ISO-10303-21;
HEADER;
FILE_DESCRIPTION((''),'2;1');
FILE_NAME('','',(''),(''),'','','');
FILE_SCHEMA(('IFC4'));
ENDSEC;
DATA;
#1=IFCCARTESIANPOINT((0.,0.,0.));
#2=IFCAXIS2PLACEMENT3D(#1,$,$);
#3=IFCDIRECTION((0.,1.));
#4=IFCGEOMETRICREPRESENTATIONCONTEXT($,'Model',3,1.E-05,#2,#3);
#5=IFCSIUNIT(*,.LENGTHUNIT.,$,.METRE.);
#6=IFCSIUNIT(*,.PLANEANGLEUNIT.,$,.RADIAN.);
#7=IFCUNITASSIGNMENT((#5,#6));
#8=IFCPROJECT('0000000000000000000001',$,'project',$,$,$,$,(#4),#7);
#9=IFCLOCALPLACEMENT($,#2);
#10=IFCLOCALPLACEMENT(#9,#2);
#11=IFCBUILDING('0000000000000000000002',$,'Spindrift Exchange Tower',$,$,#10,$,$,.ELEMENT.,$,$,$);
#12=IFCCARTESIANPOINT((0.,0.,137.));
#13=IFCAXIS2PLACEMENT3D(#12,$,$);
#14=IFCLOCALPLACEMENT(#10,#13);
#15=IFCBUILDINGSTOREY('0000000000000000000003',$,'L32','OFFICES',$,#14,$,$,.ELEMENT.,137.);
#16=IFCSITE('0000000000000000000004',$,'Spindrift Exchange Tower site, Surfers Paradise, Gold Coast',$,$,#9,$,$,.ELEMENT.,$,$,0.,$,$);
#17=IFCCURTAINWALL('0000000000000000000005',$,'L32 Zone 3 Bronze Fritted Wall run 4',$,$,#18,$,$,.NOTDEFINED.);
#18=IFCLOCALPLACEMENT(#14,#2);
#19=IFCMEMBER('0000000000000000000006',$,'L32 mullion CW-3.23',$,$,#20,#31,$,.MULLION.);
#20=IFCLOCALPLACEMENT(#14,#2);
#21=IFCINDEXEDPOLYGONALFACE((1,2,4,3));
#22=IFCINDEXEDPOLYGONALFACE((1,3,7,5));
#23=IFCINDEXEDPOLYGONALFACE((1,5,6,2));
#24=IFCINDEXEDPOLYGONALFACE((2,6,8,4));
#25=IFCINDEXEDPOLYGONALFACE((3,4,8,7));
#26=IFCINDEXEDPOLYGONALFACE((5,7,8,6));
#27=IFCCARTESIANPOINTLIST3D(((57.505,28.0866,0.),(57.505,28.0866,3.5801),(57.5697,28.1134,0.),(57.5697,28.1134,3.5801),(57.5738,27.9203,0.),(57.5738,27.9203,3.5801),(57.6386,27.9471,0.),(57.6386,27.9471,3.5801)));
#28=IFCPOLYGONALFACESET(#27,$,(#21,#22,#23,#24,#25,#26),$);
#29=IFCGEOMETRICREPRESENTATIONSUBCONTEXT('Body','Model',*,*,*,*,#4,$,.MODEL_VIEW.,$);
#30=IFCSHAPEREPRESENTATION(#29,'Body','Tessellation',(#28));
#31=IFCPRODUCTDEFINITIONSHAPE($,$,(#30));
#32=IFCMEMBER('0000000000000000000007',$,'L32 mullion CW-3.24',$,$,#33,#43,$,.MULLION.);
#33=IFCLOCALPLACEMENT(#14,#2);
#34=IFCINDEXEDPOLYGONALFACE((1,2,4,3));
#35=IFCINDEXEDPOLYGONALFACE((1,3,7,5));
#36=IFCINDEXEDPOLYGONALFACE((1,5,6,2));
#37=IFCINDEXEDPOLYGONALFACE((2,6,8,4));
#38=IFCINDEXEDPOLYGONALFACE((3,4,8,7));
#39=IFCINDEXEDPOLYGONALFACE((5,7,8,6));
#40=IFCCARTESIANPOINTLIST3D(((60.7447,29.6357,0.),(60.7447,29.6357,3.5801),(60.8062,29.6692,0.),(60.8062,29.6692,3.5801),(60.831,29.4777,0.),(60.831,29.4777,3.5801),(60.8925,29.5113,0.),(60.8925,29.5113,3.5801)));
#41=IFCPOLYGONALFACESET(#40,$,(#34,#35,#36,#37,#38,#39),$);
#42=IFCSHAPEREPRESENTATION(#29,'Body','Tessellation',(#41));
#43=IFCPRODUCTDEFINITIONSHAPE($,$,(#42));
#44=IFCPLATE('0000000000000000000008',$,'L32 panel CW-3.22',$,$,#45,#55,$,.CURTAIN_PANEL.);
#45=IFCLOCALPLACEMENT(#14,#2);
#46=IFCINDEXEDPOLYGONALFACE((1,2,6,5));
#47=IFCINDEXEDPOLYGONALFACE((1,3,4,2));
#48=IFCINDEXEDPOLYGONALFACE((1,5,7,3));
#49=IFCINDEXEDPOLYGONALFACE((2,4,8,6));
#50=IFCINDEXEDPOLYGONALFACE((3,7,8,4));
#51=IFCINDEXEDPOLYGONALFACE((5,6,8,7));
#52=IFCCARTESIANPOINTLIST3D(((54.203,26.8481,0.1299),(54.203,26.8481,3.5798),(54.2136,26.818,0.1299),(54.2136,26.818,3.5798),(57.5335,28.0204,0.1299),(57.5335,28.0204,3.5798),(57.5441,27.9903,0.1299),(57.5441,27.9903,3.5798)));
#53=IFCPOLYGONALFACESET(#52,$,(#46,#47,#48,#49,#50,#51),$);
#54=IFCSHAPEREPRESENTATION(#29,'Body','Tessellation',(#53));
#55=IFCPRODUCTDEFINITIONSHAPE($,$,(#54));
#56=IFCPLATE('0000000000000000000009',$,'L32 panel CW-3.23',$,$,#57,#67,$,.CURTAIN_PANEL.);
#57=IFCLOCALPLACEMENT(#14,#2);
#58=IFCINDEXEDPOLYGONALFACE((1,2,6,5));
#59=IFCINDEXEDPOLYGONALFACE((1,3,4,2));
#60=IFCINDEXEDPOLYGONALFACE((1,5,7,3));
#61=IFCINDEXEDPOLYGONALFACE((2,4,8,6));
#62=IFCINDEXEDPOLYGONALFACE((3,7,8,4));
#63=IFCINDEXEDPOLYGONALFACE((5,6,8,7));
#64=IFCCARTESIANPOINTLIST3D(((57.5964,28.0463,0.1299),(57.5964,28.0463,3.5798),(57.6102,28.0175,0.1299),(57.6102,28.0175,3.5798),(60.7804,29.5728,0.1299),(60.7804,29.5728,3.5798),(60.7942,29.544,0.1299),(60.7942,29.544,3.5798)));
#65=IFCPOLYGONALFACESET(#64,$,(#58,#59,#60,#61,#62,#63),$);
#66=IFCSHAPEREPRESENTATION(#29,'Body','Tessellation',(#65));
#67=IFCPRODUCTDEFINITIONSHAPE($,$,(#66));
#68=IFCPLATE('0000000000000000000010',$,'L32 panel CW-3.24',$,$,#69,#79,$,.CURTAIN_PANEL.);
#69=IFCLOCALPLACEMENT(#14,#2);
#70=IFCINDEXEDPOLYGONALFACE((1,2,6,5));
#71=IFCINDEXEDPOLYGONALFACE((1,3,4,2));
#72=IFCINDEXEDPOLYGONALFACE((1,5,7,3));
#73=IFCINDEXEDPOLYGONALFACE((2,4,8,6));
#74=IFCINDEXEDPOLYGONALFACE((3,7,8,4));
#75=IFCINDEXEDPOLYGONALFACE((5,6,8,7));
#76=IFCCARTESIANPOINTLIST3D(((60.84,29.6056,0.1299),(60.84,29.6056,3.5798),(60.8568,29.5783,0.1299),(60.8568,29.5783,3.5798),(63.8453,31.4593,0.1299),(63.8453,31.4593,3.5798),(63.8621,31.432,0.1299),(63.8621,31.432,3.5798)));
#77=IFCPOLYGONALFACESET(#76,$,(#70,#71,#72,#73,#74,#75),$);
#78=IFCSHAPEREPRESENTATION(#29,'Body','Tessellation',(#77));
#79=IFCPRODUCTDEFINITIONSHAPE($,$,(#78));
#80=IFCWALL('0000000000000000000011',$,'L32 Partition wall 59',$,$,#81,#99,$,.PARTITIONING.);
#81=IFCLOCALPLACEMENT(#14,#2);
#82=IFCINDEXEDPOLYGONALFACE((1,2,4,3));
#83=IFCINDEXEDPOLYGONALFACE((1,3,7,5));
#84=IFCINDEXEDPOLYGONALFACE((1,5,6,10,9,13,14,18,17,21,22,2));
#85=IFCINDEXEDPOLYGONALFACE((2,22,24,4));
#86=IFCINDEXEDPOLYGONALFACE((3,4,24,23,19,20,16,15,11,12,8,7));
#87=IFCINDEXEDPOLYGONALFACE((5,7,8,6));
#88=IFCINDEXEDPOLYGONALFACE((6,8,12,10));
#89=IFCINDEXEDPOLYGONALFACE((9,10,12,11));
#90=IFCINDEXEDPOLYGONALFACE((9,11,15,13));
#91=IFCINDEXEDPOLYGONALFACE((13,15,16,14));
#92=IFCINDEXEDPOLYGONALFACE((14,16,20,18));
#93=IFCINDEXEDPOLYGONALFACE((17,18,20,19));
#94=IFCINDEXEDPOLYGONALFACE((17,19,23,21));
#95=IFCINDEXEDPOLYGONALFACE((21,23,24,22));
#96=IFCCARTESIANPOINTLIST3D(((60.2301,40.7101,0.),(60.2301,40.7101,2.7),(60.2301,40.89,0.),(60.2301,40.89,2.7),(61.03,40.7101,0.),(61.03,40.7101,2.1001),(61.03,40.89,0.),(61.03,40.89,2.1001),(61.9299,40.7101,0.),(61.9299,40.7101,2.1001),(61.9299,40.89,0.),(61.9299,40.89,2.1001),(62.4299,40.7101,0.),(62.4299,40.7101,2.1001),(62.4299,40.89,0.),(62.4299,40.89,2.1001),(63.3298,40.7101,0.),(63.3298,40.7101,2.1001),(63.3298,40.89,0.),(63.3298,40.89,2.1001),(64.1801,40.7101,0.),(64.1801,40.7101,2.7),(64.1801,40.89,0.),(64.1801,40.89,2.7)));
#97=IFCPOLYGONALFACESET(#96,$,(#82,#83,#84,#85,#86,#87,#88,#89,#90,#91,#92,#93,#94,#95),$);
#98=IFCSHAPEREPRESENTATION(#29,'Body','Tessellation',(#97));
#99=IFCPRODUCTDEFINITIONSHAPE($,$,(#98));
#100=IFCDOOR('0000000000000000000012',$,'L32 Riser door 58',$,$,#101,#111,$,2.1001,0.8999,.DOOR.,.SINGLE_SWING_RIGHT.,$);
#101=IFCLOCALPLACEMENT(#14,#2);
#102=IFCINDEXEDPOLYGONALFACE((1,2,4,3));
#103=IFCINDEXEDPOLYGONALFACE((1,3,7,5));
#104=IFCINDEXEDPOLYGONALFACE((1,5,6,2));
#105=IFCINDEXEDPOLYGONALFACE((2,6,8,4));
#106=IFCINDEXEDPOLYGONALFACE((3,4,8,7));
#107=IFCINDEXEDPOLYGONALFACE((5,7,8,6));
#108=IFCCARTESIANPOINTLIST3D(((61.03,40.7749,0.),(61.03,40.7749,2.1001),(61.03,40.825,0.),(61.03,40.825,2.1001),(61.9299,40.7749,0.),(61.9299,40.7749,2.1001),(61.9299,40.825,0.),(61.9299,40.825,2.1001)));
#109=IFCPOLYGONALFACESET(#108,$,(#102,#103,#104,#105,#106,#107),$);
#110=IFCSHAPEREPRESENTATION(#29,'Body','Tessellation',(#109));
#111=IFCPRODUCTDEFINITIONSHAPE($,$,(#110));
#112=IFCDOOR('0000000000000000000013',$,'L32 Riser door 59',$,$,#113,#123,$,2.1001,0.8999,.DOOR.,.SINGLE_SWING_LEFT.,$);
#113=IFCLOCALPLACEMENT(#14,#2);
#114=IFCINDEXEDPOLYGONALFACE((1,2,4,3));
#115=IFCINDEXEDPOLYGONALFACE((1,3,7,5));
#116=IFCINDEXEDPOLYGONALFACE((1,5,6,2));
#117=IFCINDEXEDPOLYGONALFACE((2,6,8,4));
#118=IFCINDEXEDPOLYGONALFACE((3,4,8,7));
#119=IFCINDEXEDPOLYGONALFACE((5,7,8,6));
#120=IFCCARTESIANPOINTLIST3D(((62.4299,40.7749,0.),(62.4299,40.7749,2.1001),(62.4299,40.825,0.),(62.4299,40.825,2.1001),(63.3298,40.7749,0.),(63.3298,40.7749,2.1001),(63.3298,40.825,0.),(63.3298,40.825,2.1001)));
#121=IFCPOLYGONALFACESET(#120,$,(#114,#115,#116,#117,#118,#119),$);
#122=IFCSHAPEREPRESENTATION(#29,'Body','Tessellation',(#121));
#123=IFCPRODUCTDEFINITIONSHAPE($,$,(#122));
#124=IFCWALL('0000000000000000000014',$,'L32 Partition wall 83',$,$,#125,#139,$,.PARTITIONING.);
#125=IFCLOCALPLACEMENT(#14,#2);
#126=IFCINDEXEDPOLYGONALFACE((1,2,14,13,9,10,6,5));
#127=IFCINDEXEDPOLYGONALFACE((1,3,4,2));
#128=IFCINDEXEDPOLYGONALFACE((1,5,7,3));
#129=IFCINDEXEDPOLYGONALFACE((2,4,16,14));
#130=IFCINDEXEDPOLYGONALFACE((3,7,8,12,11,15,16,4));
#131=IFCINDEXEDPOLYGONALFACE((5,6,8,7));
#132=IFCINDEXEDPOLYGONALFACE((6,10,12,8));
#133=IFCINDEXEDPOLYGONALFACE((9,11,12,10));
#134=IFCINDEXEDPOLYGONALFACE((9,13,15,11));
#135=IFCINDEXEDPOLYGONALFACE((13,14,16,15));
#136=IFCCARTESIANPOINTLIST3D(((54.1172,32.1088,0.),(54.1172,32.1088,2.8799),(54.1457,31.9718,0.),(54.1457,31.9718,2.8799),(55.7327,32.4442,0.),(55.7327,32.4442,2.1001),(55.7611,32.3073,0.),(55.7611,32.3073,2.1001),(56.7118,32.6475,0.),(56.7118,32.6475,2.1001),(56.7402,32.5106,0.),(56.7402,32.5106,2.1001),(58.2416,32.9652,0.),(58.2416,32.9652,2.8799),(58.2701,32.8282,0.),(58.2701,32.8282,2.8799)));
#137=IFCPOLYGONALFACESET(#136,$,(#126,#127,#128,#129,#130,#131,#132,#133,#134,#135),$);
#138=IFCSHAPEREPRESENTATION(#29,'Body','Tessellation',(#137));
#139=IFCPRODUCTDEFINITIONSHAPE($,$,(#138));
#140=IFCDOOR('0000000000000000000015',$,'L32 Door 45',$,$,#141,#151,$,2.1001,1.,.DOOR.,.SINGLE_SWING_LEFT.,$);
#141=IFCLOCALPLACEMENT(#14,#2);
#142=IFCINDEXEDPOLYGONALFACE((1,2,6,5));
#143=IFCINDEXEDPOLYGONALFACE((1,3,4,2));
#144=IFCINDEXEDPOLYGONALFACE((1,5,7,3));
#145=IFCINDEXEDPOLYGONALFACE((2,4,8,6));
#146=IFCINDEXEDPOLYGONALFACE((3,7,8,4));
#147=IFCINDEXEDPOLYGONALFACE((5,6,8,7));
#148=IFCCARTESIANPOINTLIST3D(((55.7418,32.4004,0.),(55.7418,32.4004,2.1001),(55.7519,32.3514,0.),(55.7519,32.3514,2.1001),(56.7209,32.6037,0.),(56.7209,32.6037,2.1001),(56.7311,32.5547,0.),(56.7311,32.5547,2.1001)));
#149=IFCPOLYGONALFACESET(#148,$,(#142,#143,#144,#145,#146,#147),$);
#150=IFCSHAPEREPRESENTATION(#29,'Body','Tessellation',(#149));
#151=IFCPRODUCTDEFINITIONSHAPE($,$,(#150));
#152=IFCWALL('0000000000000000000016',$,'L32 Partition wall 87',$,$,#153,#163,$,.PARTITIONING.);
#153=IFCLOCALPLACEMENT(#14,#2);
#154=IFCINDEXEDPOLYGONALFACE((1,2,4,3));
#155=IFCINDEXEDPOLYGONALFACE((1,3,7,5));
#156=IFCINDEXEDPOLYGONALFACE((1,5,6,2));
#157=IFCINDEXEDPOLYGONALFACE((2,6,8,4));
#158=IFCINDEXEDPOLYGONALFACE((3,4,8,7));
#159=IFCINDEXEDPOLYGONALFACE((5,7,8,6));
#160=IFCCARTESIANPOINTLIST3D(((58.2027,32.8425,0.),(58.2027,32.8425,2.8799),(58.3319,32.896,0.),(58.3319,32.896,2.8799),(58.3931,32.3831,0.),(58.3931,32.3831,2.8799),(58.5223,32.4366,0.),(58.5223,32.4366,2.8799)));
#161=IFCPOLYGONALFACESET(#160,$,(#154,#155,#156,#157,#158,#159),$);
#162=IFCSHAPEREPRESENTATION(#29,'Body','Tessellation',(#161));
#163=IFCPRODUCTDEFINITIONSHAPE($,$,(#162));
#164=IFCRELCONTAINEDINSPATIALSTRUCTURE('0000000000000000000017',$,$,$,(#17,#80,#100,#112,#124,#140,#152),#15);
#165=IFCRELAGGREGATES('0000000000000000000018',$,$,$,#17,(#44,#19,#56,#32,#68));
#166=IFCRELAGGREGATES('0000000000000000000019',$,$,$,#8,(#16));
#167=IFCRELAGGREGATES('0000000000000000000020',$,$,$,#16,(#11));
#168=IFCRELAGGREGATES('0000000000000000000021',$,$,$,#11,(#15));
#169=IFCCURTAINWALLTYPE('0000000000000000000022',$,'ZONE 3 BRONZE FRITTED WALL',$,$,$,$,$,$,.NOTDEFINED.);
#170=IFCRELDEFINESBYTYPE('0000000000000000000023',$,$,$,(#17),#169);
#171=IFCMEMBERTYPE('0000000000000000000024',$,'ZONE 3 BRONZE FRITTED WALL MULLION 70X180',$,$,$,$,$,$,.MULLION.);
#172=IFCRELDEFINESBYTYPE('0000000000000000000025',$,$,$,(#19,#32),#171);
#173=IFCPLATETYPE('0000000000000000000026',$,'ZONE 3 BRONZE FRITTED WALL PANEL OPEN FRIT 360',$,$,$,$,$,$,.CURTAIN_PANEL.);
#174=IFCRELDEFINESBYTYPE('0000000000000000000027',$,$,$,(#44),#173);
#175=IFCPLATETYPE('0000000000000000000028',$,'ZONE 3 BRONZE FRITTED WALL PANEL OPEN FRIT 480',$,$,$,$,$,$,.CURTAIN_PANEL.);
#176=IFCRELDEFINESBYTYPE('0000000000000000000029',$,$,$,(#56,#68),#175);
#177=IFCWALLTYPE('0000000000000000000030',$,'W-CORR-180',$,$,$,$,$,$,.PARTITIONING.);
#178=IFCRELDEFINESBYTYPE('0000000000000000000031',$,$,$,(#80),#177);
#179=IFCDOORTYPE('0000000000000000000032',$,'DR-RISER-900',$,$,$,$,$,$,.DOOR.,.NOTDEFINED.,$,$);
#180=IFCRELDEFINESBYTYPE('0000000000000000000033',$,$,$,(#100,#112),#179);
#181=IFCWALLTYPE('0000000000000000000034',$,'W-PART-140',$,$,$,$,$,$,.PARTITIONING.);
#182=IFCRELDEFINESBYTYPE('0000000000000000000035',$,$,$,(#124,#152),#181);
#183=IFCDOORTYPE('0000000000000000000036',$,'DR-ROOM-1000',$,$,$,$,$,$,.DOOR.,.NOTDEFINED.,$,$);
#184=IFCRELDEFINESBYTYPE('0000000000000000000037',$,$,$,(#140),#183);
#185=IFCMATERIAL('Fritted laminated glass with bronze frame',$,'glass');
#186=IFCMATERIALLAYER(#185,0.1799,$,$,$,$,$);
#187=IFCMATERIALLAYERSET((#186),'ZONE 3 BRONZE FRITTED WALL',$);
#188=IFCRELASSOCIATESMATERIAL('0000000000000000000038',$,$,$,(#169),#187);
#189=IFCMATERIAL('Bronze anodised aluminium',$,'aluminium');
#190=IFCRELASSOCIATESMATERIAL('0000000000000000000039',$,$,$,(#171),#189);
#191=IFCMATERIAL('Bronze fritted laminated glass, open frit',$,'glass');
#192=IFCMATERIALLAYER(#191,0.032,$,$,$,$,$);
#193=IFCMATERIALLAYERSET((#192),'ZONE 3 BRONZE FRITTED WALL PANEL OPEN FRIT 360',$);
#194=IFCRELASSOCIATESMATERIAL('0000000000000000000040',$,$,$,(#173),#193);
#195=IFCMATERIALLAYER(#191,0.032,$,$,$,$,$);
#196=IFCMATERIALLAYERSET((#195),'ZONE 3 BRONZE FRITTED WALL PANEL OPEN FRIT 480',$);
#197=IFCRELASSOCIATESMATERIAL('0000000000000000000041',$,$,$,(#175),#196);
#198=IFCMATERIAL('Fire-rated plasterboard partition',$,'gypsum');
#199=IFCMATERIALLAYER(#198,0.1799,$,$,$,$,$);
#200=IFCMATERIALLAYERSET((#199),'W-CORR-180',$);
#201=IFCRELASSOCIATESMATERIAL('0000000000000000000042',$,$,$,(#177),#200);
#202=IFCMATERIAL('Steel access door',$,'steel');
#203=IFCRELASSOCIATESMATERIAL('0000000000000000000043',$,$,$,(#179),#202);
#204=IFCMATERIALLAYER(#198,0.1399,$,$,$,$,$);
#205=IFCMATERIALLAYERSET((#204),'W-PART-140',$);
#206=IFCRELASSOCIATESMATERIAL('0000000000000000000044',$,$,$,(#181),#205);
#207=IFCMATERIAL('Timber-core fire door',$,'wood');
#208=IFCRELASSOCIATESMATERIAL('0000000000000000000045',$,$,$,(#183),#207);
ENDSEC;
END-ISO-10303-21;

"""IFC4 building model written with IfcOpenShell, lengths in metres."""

from ifc_helpers import new_model, si_unit, direction, frame, frame_2d, origin, origin_2d, place, context, subcontext, project, spatial, rectangle, extrude, source, transform, mapped, material, layer, layer_set, material_profile, profile_set, type_object, element, fill, aggregate, save


model = new_model("IFC4")

# Units and contexts
model_context = context("Model", 3, precision=1e-05, world=origin(), true_north=direction((0.0, 1.0)))
body_context = subcontext(model_context, "Body", "Model", "MODEL_VIEW")
ifc_project = project(units=[si_unit("LENGTHUNIT", "METRE"), si_unit("PLANEANGLEUNIT", "RADIAN")], contexts=[model_context])

# Site, building, storey
site_placement = place(None, origin())
site = spatial("IfcSite", under=ifc_project, at=site_placement, Name="Spindrift Exchange Tower site, Surfers Paradise, Gold Coast", CompositionType="ELEMENT", RefElevation=0.0)
building_placement = place(site_placement, origin())
building = spatial("IfcBuilding", under=site, at=building_placement, Name="Spindrift Exchange Tower", CompositionType="ELEMENT")
storey_placement = place(building_placement, frame((0.0, 0.0, 137.0)))
storey = spatial("IfcBuildingStorey", under=building, at=storey_placement, Name="L32", Description="OFFICES", CompositionType="ELEMENT", Elevation=137.0)

# Curtain wall, members, plates
ifc_material_1 = material(Name="Fritted laminated glass with bronze frame", Category="glass")
ifc_layer_1 = layer(ifc_material_1, 0.1799)
ifc_layer_set_1 = layer_set([ifc_layer_1], Name="ZONE 3 BRONZE FRITTED WALL")
curtain_wall_type = type_object("IfcCurtainWallType", Name="ZONE 3 BRONZE FRITTED WALL", PredefinedType="NOTDEFINED", material=ifc_layer_set_1)
curtain_wall_placement = place(storey_placement, origin())
curtain_wall = element("IfcCurtainWall", 1, at=curtain_wall_placement, inside=storey, type_object=curtain_wall_type, Name="L32 Zone 3 Bronze Fritted Wall run 4", PredefinedType="NOTDEFINED")
ifc_material_2 = material(Name="Bronze anodised aluminium", Category="aluminium")
ifc_material_profile_1 = material_profile(ifc_material_2, rectangle(XDim=0.0701, YDim=0.1799, at=origin_2d()), Name="ZONE 3 BRONZE FRITTED WALL MULLION 70X180")
ifc_profile_set_1 = profile_set([ifc_material_profile_1], Name="Bronze anodised aluminium")
member_type_1 = type_object("IfcMemberType", Name="ZONE 3 BRONZE FRITTED WALL MULLION 70X180", PredefinedType="MULLION", material=ifc_profile_set_1)
shared_shape_1 = source(origin(), body_context, "Body", "SweptSolid", [
    extrude(rectangle(XDim=0.0701, YDim=0.1799, at=origin_2d()), origin(), (0.0, 0.0, 1.0), 3.5801),
])
member_1_placement = place(storey_placement, frame((57.5718, 28.0168, 0.0), z_axis=(0.0, 0.0, 1.0), x_axis=(0.92386, 0.382731, 0.0)))
member_1 = element("IfcMember", 2, at=member_1_placement, type_object=member_type_1, Name="L32 mullion CW-3.23", PredefinedType="MULLION", context=body_context, shape_type="MappedRepresentation", body=[
    mapped(shared_shape_1, transform((0.0, 0.0, 0.0), scale=1.0)),
])
member_2_placement = place(storey_placement, frame((60.8186, 29.5735, 0.0), z_axis=(0.0, 0.0, 1.0), x_axis=(0.877644, 0.479313, 0.0)))
member_2 = element("IfcMember", 3, at=member_2_placement, type_object=member_type_1, Name="L32 mullion CW-3.24", PredefinedType="MULLION", context=body_context, shape_type="MappedRepresentation", body=[
    mapped(shared_shape_1, transform((0.0, 0.0, 0.0), scale=1.0)),
])
ifc_material_3 = material(Name="Bronze fritted laminated glass, open frit", Category="glass")
ifc_layer_2 = layer(ifc_material_3, 0.032)
ifc_layer_set_2 = layer_set([ifc_layer_2], Name="ZONE 3 BRONZE FRITTED WALL PANEL OPEN FRIT 360")
plate_type_1 = type_object("IfcPlateType", Name="ZONE 3 BRONZE FRITTED WALL PANEL OPEN FRIT 360", PredefinedType="CURTAIN_PANEL", material=ifc_layer_set_2)
shared_shape_2 = source(origin(), body_context, "Body", "SweptSolid", [
    extrude(rectangle(XDim=3.5308, YDim=0.032, at=origin_2d()), origin(), (0.0, 0.0, 1.0), 3.45),
])
plate_1_placement = place(storey_placement, frame((55.8735, 27.4192, 0.1299), z_axis=(0.0, 0.0, 1.0), x_axis=(0.943271, 0.332023, 0.0)))
plate_1 = element("IfcPlate", 4, at=plate_1_placement, type_object=plate_type_1, Name="L32 panel CW-3.22", PredefinedType="CURTAIN_PANEL", context=body_context, shape_type="MappedRepresentation", body=[
    mapped(shared_shape_2, transform((0.0, 0.0, 0.0), scale=1.0)),
])
ifc_layer_3 = layer(ifc_material_3, 0.032)
ifc_layer_set_3 = layer_set([ifc_layer_3], Name="ZONE 3 BRONZE FRITTED WALL PANEL OPEN FRIT 480")
plate_type_2 = type_object("IfcPlateType", Name="ZONE 3 BRONZE FRITTED WALL PANEL OPEN FRIT 480", PredefinedType="CURTAIN_PANEL", material=ifc_layer_set_3)
shared_shape_3 = source(origin(), body_context, "Body", "SweptSolid", [
    extrude(rectangle(XDim=3.531, YDim=0.032, at=origin_2d()), origin(), (0.0, 0.0, 1.0), 3.45),
])
plate_2_placement = place(storey_placement, frame((59.1953, 28.7952, 0.1299), z_axis=(0.0, 0.0, 1.0), x_axis=(0.901725, 0.432311, 0.0)))
plate_2 = element("IfcPlate", 5, at=plate_2_placement, type_object=plate_type_2, Name="L32 panel CW-3.23", PredefinedType="CURTAIN_PANEL", context=body_context, shape_type="MappedRepresentation", body=[
    mapped(shared_shape_3, transform((0.0, 0.0, 0.0), scale=1.0)),
])
plate_3_placement = place(storey_placement, frame((62.3511, 30.5188, 0.1299), z_axis=(0.0, 0.0, 1.0), x_axis=(0.851116, 0.524977, 0.0)))
plate_3 = element("IfcPlate", 6, at=plate_3_placement, type_object=plate_type_2, Name="L32 panel CW-3.24", PredefinedType="CURTAIN_PANEL", context=body_context, shape_type="MappedRepresentation", body=[
    mapped(shared_shape_3, transform((0.0, 0.0, 0.0), scale=1.0)),
])
aggregate(curtain_wall, [plate_1, member_1, plate_2, member_2, plate_3])

# Wall, openings, doors
ifc_material_4 = material(Name="Fire-rated plasterboard partition", Category="gypsum")
ifc_layer_4 = layer(ifc_material_4, 0.1799)
ifc_layer_set_4 = layer_set([ifc_layer_4], Name="W-CORR-180")
wall_type_1 = type_object("IfcWallType", Name="W-CORR-180", PredefinedType="PARTITIONING", material=ifc_layer_set_4)
wall_1_placement = place(storey_placement, frame((60.23, 40.8, 0.0), z_axis=(0.0, 0.0, 1.0), x_axis=(1.0, 0.0, 0.0)))
wall_1 = element("IfcWall", 7, at=wall_1_placement, inside=storey, type_object=wall_type_1, Name="L32 Partition wall 59", PredefinedType="PARTITIONING", context=body_context, shape_type="SweptSolid", body=[
    extrude(rectangle(XDim=3.95, YDim=0.1799, at=frame_2d((1.9751, 0.0))), origin(), (0.0, 0.0, 1.0), 2.7),
])
opening_1_placement = place(wall_1_placement, frame((0.8, 0.0, 0.0)))
opening_1 = element("IfcOpeningElement", 8, at=opening_1_placement, cuts=wall_1, PredefinedType="OPENING", context=body_context, shape_type="SweptSolid", body=[
    extrude(rectangle(XDim=0.8999, YDim=2.1001, at=frame_2d((0.45, 1.05))), frame((0.0, 0.0999, 0.0), z_axis=(0.0, -1.0, 0.0), x_axis=(1.0, 0.0, 0.0)), (0.0, 0.0, 1.0), 0.2),
])
opening_2_placement = place(wall_1_placement, frame((2.2, 0.0, 0.0)))
opening_2 = element("IfcOpeningElement", 9, at=opening_2_placement, cuts=wall_1, PredefinedType="OPENING", context=body_context, shape_type="SweptSolid", body=[
    extrude(rectangle(XDim=0.8999, YDim=2.1001, at=frame_2d((0.45, 1.05))), frame((0.0, 0.0999, 0.0), z_axis=(0.0, -1.0, 0.0), x_axis=(1.0, 0.0, 0.0)), (0.0, 0.0, 1.0), 0.2),
])
ifc_material_5 = material(Name="Steel access door", Category="steel")
door_type_1 = type_object("IfcDoorType", Name="DR-RISER-900", OperationType="NOTDEFINED", PredefinedType="DOOR", material=ifc_material_5)
shared_shape_4 = source(origin(), body_context, "Body", "SweptSolid", [
    extrude(rectangle(XDim=0.8999, YDim=2.1001, at=frame_2d((0.45, 1.05))), frame((0.0, 0.0249, 0.0), z_axis=(0.0, -1.0, 0.0), x_axis=(1.0, 0.0, 0.0)), (0.0, 0.0, 1.0), 0.05),
])
door_1_placement = place(opening_1_placement, origin())
door_1 = element("IfcDoor", 10, at=door_1_placement, inside=storey, type_object=door_type_1, Name="L32 Riser door 58", OperationType="SINGLE_SWING_RIGHT", OverallHeight=2.1001, OverallWidth=0.8999, PredefinedType="DOOR", context=body_context, shape_type="MappedRepresentation", body=[
    mapped(shared_shape_4, transform((0.0, 0.0, 0.0), scale=1.0)),
])
fill(opening_1, door_1)
door_2_placement = place(opening_2_placement, origin())
door_2 = element("IfcDoor", 11, at=door_2_placement, inside=storey, type_object=door_type_1, Name="L32 Riser door 59", OperationType="SINGLE_SWING_LEFT", OverallHeight=2.1001, OverallWidth=0.8999, PredefinedType="DOOR", context=body_context, shape_type="MappedRepresentation", body=[
    mapped(shared_shape_4, transform((0.0, 0.0, 0.0), scale=1.0)),
])
fill(opening_2, door_2)

# Wall, opening, door
ifc_layer_5 = layer(ifc_material_4, 0.1399)
ifc_layer_set_5 = layer_set([ifc_layer_5], Name="W-PART-140")
wall_type_2 = type_object("IfcWallType", Name="W-PART-140", PredefinedType="PARTITIONING", material=ifc_layer_set_5)
wall_2_placement = place(storey_placement, frame((58.2559, 32.8967, 0.0), z_axis=(0.0, 0.0, 1.0), x_axis=(-0.979114, -0.203311, 0.0)))
wall_2 = element("IfcWall", 12, at=wall_2_placement, inside=storey, type_object=wall_type_2, Name="L32 Partition wall 83", PredefinedType="PARTITIONING", context=body_context, shape_type="SweptSolid", body=[
    extrude(rectangle(XDim=4.2124, YDim=0.1399, at=frame_2d((2.1062, 0.0))), origin(), (0.0, 0.0, 1.0), 2.8799),
])
opening_3_placement = place(wall_2_placement, frame((1.5625, 0.0, 0.0)))
opening_3 = element("IfcOpeningElement", 13, at=opening_3_placement, cuts=wall_2, PredefinedType="OPENING", context=body_context, shape_type="SweptSolid", body=[
    extrude(rectangle(XDim=1.0, YDim=2.1001, at=frame_2d((0.5, 1.05))), frame((0.0, 0.0798, 0.0), z_axis=(0.0, -1.0, 0.0), x_axis=(1.0, 0.0, 0.0)), (0.0, 0.0, 1.0), 0.1599),
])
ifc_material_6 = material(Name="Timber-core fire door", Category="wood")
door_type_2 = type_object("IfcDoorType", Name="DR-ROOM-1000", OperationType="NOTDEFINED", PredefinedType="DOOR", material=ifc_material_6)
shared_shape_5 = source(origin(), body_context, "Body", "SweptSolid", [
    extrude(rectangle(XDim=1.0, YDim=2.1001, at=frame_2d((0.5, 1.05))), frame((0.0, 0.0249, 0.0), z_axis=(0.0, -1.0, 0.0), x_axis=(1.0, 0.0, 0.0)), (0.0, 0.0, 1.0), 0.05),
])
door_3_placement = place(opening_3_placement, origin())
door_3 = element("IfcDoor", 14, at=door_3_placement, inside=storey, type_object=door_type_2, Name="L32 Door 45", OperationType="SINGLE_SWING_LEFT", OverallHeight=2.1001, OverallWidth=1.0, PredefinedType="DOOR", context=body_context, shape_type="MappedRepresentation", body=[
    mapped(shared_shape_5, transform((0.0, 0.0, 0.0), scale=1.0)),
])
fill(opening_3, door_3)

# Wall
wall_3_placement = place(storey_placement, frame((58.2673, 32.8691, 0.0), z_axis=(0.0, 0.0, 1.0), x_axis=(0.382872, -0.923801, 0.0)))
element("IfcWall", 15, at=wall_3_placement, inside=storey, type_object=wall_type_2, Name="L32 Partition wall 87", PredefinedType="PARTITIONING", context=body_context, shape_type="SweptSolid", body=[
    extrude(rectangle(XDim=0.4973, YDim=0.1399, at=frame_2d((0.2485, 0.0))), origin(), (0.0, 0.0, 1.0), 2.8799),
])

save(model, "model.ifc")
